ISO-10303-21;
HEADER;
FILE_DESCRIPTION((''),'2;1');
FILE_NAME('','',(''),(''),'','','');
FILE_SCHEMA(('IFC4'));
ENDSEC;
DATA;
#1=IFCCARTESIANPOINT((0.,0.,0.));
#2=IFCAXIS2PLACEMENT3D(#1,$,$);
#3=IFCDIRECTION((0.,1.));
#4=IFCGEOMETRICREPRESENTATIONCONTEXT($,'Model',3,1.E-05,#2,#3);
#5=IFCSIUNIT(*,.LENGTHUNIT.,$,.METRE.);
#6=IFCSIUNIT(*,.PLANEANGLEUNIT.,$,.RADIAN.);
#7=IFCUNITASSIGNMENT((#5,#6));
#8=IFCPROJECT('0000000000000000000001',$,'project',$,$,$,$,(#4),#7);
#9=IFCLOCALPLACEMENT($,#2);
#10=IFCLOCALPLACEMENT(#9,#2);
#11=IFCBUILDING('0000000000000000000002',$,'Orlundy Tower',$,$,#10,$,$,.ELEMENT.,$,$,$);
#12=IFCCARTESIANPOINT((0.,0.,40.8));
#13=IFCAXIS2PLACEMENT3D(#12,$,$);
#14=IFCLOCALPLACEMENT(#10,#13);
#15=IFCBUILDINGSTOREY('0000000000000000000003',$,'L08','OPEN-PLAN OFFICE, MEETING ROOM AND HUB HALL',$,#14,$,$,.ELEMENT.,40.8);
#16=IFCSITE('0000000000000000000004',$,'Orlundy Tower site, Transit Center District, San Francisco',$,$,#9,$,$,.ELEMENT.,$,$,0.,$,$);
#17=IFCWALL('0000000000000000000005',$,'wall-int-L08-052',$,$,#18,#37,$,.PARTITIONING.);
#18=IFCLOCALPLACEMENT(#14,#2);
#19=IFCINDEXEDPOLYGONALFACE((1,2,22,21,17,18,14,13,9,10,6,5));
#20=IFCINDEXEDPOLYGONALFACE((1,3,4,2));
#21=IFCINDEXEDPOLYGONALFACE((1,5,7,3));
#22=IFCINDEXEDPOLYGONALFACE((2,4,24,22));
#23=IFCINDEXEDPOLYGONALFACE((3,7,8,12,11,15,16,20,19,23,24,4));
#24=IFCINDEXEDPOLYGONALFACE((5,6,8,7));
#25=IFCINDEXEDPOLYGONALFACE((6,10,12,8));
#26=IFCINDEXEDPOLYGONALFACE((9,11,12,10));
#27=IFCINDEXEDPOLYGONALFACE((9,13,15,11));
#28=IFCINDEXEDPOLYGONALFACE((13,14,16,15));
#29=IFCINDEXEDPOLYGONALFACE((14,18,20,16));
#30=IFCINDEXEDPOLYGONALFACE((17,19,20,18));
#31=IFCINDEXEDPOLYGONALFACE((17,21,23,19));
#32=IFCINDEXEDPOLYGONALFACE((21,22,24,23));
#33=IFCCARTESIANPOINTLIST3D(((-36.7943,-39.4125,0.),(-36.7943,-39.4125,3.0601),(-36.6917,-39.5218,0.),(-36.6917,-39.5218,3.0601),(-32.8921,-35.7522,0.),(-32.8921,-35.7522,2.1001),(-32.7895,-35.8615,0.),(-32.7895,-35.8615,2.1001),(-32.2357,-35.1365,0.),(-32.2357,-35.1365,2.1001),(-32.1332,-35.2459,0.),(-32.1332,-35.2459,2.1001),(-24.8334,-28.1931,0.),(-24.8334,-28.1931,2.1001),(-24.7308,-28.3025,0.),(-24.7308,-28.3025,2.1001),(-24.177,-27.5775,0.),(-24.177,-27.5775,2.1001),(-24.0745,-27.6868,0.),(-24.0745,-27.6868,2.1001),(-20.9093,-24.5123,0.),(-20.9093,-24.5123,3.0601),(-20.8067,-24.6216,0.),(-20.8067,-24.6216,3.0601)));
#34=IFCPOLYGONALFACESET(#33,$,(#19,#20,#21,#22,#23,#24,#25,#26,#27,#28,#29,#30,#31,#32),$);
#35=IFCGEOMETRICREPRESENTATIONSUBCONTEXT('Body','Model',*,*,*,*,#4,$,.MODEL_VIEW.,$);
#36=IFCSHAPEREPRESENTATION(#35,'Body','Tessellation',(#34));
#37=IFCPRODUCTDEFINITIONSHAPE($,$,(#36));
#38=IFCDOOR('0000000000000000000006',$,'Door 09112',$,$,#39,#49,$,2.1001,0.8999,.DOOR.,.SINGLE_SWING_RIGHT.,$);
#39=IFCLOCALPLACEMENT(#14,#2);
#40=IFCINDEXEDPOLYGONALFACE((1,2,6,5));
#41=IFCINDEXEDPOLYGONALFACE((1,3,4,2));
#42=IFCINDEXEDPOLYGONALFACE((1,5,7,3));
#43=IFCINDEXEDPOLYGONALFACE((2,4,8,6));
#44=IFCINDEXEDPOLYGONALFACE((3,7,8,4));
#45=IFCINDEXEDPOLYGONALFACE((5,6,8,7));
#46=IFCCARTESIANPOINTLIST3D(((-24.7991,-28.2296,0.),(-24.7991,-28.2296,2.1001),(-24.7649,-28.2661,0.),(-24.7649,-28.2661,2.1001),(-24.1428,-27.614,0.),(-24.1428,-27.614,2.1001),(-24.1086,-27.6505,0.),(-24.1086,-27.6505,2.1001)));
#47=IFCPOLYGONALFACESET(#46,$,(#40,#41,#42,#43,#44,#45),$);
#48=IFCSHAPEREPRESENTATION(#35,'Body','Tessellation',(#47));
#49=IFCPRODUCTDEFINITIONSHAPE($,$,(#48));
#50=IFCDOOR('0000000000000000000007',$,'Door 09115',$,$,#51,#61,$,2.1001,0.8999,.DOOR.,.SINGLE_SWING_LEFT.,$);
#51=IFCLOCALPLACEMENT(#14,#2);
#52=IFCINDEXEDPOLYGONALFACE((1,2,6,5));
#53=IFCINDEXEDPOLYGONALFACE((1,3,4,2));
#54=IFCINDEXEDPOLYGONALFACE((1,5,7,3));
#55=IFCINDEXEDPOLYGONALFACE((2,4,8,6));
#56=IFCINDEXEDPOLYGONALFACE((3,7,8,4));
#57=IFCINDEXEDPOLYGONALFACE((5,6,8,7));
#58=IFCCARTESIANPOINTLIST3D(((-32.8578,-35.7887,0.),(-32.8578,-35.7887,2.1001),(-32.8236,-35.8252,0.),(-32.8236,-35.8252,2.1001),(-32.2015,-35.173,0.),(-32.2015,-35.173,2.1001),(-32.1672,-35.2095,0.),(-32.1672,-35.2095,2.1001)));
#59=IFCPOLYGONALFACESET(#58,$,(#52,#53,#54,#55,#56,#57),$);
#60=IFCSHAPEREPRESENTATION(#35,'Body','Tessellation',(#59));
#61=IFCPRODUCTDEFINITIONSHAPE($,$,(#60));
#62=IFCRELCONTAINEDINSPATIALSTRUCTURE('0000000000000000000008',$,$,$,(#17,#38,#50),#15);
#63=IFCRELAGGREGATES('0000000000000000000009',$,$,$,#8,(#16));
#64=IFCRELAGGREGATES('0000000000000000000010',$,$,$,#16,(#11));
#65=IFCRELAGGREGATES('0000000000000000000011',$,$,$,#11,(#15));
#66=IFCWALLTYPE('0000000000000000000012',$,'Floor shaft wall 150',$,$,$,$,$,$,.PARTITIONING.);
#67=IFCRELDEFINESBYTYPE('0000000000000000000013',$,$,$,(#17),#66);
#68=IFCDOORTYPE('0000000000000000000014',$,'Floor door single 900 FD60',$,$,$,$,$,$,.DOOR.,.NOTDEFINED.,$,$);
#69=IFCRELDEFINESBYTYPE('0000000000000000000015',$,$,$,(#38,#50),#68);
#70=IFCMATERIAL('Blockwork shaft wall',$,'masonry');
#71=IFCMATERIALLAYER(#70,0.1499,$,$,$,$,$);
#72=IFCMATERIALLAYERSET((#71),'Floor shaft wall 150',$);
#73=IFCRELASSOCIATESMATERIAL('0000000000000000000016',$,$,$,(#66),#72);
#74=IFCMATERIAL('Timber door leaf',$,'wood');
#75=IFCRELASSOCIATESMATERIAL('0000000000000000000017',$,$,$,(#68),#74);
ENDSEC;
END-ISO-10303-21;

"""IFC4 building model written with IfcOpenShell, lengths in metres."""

from ifc_helpers import new_model, si_unit, direction, frame, frame_2d, origin, place, context, subcontext, project, spatial, rectangle, extrude, material, layer, layer_set, type_object, element, fill, save


model = new_model("IFC4")

# Units and contexts
model_context = context("Model", 3, precision=1e-05, world=origin(), true_north=direction((0.0, 1.0)))
body_context = subcontext(model_context, "Body", "Model", "MODEL_VIEW")
ifc_project = project(units=[si_unit("LENGTHUNIT", "METRE"), si_unit("PLANEANGLEUNIT", "RADIAN")], contexts=[model_context])

# Site, building, storey
site_placement = place(None, origin())
site = spatial("IfcSite", under=ifc_project, at=site_placement, Name="Orlundy Tower site, Transit Center District, San Francisco", CompositionType="ELEMENT", RefElevation=0.0)
building_placement = place(site_placement, origin())
building = spatial("IfcBuilding", under=site, at=building_placement, Name="Orlundy Tower", CompositionType="ELEMENT")
storey_placement = place(building_placement, frame((0.0, 0.0, 40.8)))
storey = spatial("IfcBuildingStorey", under=building, at=storey_placement, Name="L08", Description="OPEN-PLAN OFFICE, MEETING ROOM AND HUB HALL", CompositionType="ELEMENT", Elevation=40.8)

# Shared definitions
ifc_material_1 = material(Name="Blockwork shaft wall", Category="masonry")
ifc_layer_1 = layer(ifc_material_1, 0.1499)
ifc_layer_set_1 = layer_set([ifc_layer_1], Name="Floor shaft wall 150")
wall_type_1 = type_object("IfcWallType", Name="Floor shaft wall 150", PredefinedType="PARTITIONING", material=ifc_layer_set_1)

# Wall, openings, doors
wall_1_placement = place(storey_placement, frame((-36.7429, -39.467, 0.0), z_axis=(0.0, 0.0, 1.0), x_axis=(0.729355, 0.684135, 0.0)))
wall_1 = element("IfcWall", 1, at=wall_1_placement, inside=storey, type_object=wall_type_1, Name="wall-int-L08-052", PredefinedType="PARTITIONING", context=body_context, shape_type="SweptSolid", body=[
    extrude(rectangle(XDim=21.7795, YDim=0.1499, at=frame_2d((10.8896, 0.0))), origin(), (0.0, 0.0, 1.0), 3.0601),
])
opening_1_placement = place(wall_1_placement, frame((16.3992, 0.0, 0.0)))
opening_1 = element("IfcOpeningElement", 2, at=opening_1_placement, cuts=wall_1, PredefinedType="OPENING", context=body_context, shape_type="SweptSolid", body=[
    extrude(rectangle(XDim=0.8999, YDim=2.1001, at=frame_2d((0.45, 1.05))), frame((0.0, 0.085, 0.0), z_axis=(0.0, -1.0, 0.0), x_axis=(1.0, 0.0, 0.0)), (0.0, 0.0, 1.0), 0.1699),
])
opening_2_placement = place(wall_1_placement, frame((5.3501, 0.0, 0.0)))
opening_2 = element("IfcOpeningElement", 3, at=opening_2_placement, cuts=wall_1, PredefinedType="OPENING", context=body_context, shape_type="SweptSolid", body=[
    extrude(rectangle(XDim=0.8999, YDim=2.1001, at=frame_2d((0.45, 1.05))), frame((0.0, 0.085, 0.0), z_axis=(0.0, -1.0, 0.0), x_axis=(1.0, 0.0, 0.0)), (0.0, 0.0, 1.0), 0.1699),
])
ifc_material_2 = material(Name="Timber door leaf", Category="wood")
door_type_1 = type_object("IfcDoorType", Name="Floor door single 900 FD60", OperationType="NOTDEFINED", PredefinedType="DOOR", material=ifc_material_2)
door_1_placement = place(opening_1_placement, origin())
door_1 = element("IfcDoor", 4, at=door_1_placement, inside=storey, type_object=door_type_1, Name="Door 09112", OperationType="SINGLE_SWING_RIGHT", OverallHeight=2.1001, OverallWidth=0.8999, PredefinedType="DOOR", context=body_context, shape_type="SweptSolid", body=[
    extrude(rectangle(XDim=0.8999, YDim=2.1001, at=frame_2d((0.45, 1.05))), frame((0.0, 0.0249, 0.0), z_axis=(0.0, -1.0, 0.0), x_axis=(1.0, 0.0, 0.0)), (0.0, 0.0, 1.0), 0.05),
])
fill(opening_1, door_1)
door_2_placement = place(opening_2_placement, origin())
door_2 = element("IfcDoor", 5, at=door_2_placement, inside=storey, type_object=door_type_1, Name="Door 09115", OperationType="SINGLE_SWING_LEFT", OverallHeight=2.1001, OverallWidth=0.8999, PredefinedType="DOOR", context=body_context, shape_type="SweptSolid", body=[
    extrude(rectangle(XDim=0.8999, YDim=2.1001, at=frame_2d((0.45, 1.05))), frame((0.0, 0.0249, 0.0), z_axis=(0.0, -1.0, 0.0), x_axis=(1.0, 0.0, 0.0)), (0.0, 0.0, 1.0), 0.05),
])
fill(opening_2, door_2)

save(model, "model.ifc")
